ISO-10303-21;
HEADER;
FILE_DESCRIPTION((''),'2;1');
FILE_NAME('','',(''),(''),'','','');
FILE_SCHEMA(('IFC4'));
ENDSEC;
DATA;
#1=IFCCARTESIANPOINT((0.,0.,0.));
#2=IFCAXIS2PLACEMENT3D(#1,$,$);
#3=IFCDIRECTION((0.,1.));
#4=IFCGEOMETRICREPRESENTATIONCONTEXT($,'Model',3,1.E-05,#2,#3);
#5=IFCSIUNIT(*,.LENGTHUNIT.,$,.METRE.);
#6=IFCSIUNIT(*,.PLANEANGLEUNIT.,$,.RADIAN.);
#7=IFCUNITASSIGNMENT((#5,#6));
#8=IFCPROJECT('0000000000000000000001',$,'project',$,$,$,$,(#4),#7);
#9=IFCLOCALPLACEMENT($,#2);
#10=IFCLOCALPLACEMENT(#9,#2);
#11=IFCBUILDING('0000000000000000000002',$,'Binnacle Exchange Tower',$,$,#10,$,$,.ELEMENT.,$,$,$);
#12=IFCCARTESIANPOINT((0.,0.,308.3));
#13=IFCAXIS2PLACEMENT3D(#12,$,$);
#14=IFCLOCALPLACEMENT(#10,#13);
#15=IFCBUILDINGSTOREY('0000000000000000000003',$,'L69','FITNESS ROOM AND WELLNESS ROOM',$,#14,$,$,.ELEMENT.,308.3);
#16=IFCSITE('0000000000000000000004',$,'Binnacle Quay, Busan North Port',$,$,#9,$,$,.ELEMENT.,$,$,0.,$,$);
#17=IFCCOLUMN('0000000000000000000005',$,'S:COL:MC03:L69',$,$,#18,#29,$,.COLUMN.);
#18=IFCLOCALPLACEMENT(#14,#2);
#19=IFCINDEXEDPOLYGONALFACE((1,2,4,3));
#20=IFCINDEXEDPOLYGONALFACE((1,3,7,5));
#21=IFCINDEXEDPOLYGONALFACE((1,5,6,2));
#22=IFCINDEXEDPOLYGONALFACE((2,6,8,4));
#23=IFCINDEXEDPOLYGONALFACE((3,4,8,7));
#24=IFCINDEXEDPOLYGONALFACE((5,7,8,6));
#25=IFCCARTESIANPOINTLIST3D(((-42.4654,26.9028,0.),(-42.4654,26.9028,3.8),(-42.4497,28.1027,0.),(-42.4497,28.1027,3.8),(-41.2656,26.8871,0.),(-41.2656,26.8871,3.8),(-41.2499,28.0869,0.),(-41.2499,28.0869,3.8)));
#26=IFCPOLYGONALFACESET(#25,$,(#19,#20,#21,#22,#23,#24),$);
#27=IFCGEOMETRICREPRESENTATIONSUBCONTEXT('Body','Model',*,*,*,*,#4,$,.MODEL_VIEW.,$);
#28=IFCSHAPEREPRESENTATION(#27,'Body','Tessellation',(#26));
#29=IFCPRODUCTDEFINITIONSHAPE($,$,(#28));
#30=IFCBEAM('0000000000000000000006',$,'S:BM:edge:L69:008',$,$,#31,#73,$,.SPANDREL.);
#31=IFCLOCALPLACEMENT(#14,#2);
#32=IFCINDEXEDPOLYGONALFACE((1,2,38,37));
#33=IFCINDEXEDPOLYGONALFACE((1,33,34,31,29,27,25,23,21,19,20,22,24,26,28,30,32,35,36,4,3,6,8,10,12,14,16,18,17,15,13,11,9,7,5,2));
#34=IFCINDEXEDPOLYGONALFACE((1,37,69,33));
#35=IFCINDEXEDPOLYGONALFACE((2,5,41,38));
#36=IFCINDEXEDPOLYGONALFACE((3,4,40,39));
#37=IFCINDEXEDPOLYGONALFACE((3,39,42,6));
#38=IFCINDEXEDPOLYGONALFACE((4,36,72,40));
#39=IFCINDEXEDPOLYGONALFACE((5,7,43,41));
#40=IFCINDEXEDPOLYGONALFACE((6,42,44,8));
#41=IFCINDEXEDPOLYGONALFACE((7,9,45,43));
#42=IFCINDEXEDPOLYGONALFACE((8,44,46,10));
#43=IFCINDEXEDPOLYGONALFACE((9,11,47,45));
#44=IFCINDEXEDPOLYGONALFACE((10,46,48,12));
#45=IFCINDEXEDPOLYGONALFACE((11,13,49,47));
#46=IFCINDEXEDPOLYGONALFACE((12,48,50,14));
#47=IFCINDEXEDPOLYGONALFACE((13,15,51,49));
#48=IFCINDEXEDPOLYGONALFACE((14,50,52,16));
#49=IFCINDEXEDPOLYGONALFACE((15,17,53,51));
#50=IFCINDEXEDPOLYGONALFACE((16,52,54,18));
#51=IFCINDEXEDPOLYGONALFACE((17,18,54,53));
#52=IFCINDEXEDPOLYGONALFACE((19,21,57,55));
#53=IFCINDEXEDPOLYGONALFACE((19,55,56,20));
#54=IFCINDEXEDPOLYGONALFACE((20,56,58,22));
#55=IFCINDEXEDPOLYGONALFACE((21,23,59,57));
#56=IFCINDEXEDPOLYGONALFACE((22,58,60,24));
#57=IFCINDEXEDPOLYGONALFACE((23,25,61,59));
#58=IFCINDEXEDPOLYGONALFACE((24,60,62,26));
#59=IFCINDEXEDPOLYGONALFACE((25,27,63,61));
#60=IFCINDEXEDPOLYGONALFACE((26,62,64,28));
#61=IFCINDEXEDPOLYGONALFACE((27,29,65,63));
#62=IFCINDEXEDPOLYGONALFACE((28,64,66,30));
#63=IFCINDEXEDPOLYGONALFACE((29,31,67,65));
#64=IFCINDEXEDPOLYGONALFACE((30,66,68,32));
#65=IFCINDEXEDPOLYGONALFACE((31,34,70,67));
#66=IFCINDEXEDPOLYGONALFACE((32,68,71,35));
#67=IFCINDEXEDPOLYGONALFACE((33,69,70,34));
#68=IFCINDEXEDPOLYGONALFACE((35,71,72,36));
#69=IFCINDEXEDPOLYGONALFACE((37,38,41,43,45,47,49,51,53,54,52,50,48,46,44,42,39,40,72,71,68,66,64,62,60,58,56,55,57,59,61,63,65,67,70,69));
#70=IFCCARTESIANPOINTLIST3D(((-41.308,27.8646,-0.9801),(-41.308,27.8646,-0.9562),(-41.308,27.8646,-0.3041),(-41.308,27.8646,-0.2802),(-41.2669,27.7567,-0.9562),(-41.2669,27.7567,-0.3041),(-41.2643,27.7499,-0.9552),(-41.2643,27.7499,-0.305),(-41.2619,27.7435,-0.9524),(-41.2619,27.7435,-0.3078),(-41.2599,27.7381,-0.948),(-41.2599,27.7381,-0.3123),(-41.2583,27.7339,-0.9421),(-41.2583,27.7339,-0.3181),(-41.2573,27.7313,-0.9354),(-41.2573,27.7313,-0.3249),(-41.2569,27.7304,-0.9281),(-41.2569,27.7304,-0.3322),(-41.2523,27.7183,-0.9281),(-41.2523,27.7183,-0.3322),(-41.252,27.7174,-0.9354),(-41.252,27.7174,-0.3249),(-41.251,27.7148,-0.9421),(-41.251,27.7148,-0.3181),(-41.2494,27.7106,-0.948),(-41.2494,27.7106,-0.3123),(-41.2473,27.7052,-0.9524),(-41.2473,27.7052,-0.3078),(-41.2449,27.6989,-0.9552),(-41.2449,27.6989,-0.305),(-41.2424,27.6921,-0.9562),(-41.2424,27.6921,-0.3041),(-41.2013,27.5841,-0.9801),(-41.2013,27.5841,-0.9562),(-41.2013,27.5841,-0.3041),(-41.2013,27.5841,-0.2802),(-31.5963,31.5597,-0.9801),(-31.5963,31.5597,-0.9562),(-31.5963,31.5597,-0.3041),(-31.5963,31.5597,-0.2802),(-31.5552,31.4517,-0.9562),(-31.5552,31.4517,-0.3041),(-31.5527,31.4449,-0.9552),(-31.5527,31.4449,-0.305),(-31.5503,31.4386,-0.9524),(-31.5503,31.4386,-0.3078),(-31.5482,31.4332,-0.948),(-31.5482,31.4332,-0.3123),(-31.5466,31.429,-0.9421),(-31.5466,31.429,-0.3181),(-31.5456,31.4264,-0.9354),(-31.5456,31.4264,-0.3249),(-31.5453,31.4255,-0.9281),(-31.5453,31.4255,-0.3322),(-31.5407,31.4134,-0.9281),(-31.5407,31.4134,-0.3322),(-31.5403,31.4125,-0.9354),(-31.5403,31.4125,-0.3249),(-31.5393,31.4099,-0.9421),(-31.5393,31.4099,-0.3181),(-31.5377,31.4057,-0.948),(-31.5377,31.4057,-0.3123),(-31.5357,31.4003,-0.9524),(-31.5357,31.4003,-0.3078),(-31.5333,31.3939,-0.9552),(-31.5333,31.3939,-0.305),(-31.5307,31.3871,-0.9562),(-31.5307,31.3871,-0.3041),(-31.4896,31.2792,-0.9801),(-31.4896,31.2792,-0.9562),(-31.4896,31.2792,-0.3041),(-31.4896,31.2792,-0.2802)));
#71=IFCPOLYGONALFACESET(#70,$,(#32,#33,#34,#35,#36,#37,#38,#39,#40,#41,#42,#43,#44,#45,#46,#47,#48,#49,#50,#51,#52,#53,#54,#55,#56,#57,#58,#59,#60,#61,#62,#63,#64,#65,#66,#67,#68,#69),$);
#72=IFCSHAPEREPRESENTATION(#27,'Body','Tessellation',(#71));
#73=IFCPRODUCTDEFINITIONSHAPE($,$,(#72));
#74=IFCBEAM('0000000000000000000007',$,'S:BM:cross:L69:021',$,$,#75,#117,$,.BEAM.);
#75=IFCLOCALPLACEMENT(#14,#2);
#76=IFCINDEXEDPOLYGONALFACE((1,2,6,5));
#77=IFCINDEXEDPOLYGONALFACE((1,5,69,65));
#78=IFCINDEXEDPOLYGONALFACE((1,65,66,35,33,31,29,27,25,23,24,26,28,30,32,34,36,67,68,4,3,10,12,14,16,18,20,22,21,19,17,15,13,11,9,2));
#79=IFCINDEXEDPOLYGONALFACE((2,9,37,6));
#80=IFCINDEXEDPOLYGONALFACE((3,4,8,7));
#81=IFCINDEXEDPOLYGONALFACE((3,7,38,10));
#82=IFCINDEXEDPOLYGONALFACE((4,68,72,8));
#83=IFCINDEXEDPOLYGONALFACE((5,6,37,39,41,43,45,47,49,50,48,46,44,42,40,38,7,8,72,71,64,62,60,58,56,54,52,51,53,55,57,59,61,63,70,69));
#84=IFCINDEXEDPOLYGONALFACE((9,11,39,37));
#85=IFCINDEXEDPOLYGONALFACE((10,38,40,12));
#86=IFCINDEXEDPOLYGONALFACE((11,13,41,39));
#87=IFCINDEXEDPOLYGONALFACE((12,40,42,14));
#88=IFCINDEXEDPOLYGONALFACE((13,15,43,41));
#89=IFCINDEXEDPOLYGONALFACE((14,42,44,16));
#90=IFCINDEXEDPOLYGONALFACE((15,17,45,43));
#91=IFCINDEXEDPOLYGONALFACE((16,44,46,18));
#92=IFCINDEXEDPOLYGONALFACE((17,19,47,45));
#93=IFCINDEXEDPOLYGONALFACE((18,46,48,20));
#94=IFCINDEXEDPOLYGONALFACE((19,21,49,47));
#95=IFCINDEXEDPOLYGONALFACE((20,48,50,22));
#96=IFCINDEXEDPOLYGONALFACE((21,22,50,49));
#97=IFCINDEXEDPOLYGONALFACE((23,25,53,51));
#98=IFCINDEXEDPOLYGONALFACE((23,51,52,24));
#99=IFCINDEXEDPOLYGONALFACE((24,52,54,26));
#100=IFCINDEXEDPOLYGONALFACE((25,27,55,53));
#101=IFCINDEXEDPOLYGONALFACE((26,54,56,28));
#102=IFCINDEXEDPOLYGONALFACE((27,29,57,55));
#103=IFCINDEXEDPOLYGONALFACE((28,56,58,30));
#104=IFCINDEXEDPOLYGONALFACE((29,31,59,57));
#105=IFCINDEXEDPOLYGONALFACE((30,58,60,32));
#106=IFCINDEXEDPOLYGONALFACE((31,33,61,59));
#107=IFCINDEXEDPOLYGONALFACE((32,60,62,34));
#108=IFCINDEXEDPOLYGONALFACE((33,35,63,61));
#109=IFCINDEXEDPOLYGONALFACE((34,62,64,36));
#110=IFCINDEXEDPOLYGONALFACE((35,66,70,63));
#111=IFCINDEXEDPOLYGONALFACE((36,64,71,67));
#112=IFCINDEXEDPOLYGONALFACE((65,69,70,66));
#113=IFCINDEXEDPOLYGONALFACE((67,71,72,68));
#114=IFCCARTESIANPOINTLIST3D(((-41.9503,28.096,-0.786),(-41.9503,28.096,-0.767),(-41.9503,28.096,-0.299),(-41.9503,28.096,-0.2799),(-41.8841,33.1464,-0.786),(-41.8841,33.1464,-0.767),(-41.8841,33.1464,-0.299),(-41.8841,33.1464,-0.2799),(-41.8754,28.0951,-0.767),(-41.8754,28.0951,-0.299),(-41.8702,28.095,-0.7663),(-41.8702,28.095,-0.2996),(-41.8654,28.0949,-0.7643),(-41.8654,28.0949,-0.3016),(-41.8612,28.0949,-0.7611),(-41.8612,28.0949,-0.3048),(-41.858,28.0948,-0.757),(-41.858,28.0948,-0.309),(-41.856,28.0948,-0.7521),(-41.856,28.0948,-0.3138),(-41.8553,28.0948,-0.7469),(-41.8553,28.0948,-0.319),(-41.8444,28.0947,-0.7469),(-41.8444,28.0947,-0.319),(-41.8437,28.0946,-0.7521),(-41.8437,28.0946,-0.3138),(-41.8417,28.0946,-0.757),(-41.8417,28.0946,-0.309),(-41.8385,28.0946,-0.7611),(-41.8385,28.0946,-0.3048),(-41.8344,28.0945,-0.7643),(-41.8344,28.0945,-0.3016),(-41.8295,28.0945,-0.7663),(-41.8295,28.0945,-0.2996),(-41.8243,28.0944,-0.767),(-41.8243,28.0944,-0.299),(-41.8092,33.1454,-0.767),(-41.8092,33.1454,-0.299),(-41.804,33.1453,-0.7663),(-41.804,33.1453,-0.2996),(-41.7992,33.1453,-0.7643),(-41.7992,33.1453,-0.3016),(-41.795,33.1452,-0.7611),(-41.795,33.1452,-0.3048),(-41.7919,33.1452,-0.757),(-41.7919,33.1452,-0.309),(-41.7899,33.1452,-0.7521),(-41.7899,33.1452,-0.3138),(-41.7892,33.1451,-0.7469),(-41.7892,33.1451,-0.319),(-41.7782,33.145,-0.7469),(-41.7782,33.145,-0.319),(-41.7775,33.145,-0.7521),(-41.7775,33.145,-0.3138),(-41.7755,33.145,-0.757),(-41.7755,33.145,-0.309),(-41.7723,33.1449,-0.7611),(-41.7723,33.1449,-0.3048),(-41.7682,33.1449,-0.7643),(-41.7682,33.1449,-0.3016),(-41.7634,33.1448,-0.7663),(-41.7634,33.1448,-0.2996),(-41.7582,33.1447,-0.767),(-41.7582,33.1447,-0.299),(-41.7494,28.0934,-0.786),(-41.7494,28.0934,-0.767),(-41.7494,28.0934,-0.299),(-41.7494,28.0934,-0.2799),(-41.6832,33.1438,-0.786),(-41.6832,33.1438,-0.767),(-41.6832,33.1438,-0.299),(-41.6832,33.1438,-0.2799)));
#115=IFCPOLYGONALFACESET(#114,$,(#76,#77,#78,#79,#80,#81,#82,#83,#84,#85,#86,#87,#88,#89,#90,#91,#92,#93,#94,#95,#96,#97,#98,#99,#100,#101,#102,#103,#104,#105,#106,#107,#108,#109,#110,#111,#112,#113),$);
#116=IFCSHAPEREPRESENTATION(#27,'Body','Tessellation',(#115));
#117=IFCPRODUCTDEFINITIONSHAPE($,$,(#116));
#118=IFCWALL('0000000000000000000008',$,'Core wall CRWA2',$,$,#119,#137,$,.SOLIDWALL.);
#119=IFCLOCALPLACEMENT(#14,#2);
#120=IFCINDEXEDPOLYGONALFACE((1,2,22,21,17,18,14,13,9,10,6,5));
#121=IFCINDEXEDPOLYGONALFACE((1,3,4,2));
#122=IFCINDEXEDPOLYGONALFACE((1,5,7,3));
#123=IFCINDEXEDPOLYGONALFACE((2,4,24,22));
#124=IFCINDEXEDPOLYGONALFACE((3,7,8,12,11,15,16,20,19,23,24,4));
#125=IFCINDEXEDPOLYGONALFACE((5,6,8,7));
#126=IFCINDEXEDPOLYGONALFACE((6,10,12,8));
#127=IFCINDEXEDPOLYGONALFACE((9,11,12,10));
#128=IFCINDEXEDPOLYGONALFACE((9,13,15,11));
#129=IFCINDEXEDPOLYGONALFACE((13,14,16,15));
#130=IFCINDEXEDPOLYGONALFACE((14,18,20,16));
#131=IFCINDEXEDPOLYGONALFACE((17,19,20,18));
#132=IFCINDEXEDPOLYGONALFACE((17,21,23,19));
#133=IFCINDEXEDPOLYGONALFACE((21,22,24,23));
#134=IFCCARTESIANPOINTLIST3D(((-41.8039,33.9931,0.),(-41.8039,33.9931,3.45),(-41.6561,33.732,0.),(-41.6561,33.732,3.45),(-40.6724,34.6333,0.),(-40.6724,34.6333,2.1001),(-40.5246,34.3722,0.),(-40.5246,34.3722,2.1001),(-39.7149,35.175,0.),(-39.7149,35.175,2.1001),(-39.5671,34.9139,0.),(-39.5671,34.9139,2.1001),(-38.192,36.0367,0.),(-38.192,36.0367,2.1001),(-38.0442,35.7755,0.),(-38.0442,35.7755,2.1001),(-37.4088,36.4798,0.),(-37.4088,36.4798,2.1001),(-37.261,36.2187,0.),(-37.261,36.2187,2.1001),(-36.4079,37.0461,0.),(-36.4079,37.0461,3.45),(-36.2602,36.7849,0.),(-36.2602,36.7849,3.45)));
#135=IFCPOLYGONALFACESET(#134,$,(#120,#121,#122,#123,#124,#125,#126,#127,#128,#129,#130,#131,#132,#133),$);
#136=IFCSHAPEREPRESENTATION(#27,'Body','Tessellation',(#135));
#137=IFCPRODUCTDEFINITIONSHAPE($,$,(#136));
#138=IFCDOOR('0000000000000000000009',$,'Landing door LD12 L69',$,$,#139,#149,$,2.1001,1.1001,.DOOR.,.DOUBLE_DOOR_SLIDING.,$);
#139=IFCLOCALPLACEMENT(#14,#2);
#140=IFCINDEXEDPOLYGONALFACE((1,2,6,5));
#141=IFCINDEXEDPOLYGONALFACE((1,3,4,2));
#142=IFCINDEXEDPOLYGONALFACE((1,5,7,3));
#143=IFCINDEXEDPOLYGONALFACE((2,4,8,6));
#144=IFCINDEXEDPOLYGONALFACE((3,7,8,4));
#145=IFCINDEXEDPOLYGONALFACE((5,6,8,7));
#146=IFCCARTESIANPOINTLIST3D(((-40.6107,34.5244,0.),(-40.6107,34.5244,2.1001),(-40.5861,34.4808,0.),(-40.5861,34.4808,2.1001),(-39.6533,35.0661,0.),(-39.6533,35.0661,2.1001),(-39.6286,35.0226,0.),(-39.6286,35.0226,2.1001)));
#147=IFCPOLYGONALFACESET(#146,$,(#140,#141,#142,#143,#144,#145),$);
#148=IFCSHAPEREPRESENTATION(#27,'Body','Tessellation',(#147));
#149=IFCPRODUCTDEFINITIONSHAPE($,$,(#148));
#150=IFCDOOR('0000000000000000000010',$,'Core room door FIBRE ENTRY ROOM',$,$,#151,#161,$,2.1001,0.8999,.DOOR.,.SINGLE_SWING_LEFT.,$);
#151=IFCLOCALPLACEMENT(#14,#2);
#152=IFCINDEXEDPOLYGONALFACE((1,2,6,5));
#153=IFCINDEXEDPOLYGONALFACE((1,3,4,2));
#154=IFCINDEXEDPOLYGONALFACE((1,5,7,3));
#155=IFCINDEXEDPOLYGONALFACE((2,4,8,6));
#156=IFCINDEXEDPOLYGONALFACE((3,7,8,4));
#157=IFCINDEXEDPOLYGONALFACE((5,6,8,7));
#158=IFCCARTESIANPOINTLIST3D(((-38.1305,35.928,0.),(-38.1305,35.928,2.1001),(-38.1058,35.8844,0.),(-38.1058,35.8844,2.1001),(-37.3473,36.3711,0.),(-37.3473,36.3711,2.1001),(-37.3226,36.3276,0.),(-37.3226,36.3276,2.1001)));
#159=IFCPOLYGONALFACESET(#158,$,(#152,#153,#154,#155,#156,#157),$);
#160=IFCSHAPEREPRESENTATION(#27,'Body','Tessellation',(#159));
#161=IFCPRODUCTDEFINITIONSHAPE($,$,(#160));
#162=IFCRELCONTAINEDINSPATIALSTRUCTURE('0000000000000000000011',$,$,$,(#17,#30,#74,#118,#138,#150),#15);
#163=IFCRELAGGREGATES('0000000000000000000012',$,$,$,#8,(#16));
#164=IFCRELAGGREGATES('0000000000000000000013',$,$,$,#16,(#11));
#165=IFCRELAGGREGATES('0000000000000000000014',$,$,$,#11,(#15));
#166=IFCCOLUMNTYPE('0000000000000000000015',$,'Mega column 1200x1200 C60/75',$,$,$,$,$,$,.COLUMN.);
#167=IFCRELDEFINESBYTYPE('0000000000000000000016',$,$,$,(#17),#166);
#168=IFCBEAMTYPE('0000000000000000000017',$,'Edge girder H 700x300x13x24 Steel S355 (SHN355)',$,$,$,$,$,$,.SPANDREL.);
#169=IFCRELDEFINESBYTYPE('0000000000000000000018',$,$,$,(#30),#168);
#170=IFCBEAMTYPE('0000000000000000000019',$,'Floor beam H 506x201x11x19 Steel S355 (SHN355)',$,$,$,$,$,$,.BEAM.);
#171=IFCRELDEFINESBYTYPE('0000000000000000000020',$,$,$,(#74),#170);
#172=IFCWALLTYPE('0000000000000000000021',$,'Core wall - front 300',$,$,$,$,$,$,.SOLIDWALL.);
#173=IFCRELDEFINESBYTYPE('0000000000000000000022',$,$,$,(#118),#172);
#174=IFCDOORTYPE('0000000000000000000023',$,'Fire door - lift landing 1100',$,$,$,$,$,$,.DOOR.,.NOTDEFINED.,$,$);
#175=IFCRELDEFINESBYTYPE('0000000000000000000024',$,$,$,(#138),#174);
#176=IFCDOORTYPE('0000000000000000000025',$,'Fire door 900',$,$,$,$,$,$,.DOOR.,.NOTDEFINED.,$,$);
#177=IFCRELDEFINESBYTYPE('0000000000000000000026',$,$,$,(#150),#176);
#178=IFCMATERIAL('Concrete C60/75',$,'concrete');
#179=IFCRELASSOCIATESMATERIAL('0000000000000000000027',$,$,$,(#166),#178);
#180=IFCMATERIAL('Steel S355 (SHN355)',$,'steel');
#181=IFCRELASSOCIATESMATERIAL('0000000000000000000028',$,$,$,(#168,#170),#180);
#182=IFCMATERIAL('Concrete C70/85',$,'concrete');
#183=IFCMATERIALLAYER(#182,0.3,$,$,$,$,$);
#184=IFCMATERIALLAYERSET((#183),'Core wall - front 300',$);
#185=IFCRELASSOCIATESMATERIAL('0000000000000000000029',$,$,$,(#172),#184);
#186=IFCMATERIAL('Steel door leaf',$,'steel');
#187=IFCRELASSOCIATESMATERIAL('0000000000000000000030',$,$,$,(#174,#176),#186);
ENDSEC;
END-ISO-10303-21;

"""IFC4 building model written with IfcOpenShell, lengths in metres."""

from ifc_helpers import new_model, si_unit, direction, frame, frame_2d, origin, origin_2d, place, context, subcontext, project, spatial, rectangle, i_section, extrude, material, layer, layer_set, material_profile, profile_set, type_object, element, fill, save


model = new_model("IFC4")

# Units and contexts
model_context = context("Model", 3, precision=1e-05, world=origin(), true_north=direction((0.0, 1.0)))
body_context = subcontext(model_context, "Body", "Model", "MODEL_VIEW")
ifc_project = project(units=[si_unit("LENGTHUNIT", "METRE"), si_unit("PLANEANGLEUNIT", "RADIAN")], contexts=[model_context])

# Site, building, storey
site_placement = place(None, origin())
site = spatial("IfcSite", under=ifc_project, at=site_placement, Name="Binnacle Quay, Busan North Port", CompositionType="ELEMENT", RefElevation=0.0)
building_placement = place(site_placement, origin())
building = spatial("IfcBuilding", under=site, at=building_placement, Name="Binnacle Exchange Tower", CompositionType="ELEMENT")
storey_placement = place(building_placement, frame((0.0, 0.0, 308.3)))
storey = spatial("IfcBuildingStorey", under=building, at=storey_placement, Name="L69", Description="FITNESS ROOM AND WELLNESS ROOM", CompositionType="ELEMENT", Elevation=308.3)

# Column
ifc_material_1 = material(Name="Concrete C60/75", Category="concrete")
ifc_material_profile_1 = material_profile(ifc_material_1, rectangle(XDim=1.2, YDim=1.2, at=origin_2d()), Name="Mega column 1200x1200 C60/75")
ifc_profile_set_1 = profile_set([ifc_material_profile_1], Name="Concrete C60/75")
column_type = type_object("IfcColumnType", Name="Mega column 1200x1200 C60/75", PredefinedType="COLUMN", material=ifc_profile_set_1)
column_placement = place(storey_placement, frame((-41.8577, 27.4949, 0.0), z_axis=(0.0, 0.0, 1.0), x_axis=(0.999914, -0.01309, 0.0)))
element("IfcColumn", 1, at=column_placement, inside=storey, type_object=column_type, Name="S:COL:MC03:L69", PredefinedType="COLUMN", context=body_context, shape_type="SweptSolid", body=[
    extrude(rectangle(XDim=1.2, YDim=1.2, at=origin_2d()), origin(), (0.0, 0.0, 1.0), 3.8),
])

# Beams
ifc_material_2 = material(Name="Steel S355 (SHN355)", Category="steel")
ifc_material_profile_2 = material_profile(ifc_material_2, i_section(OverallWidth=0.3, OverallDepth=0.7, WebThickness=0.0129, FlangeThickness=0.0239, FilletRadius=0.0281, at=origin_2d()), Name="H 700x300x13x24")
ifc_profile_set_2 = profile_set([ifc_material_profile_2], Name="Steel S355 (SHN355)")
beam_type_1 = type_object("IfcBeamType", Name="Edge girder H 700x300x13x24 Steel S355 (SHN355)", PredefinedType="SPANDREL", material=ifc_profile_set_2)
beam_1_placement = place(storey_placement, frame((-41.2546, 27.7244, -0.6301), z_axis=(0.934635, 0.355607, 0.0), x_axis=(-0.355607, 0.934635, 0.0)))
element("IfcBeam", 2, at=beam_1_placement, inside=storey, type_object=beam_type_1, Name="S:BM:edge:L69:008", PredefinedType="SPANDREL", context=body_context, shape_type="SweptSolid", body=[
    extrude(i_section(OverallWidth=0.3, OverallDepth=0.7, WebThickness=0.0129, FlangeThickness=0.0239, FilletRadius=0.0281, at=origin_2d()), origin(), (0.0, 0.0, 1.0), 10.3909),
])
ifc_material_profile_3 = material_profile(ifc_material_2, i_section(OverallWidth=0.2009, OverallDepth=0.5061, WebThickness=0.011, FlangeThickness=0.019, FilletRadius=0.02, at=origin_2d()), Name="H 506x201x11x19")
ifc_profile_set_3 = profile_set([ifc_material_profile_3], Name="Steel S355 (SHN355)")
beam_type_2 = type_object("IfcBeamType", Name="Floor beam H 506x201x11x19 Steel S355 (SHN355)", PredefinedType="BEAM", material=ifc_profile_set_3)
beam_2_placement = place(storey_placement, frame((-41.8499, 28.0947, -0.533), z_axis=(0.0131, 0.999914, 0.0), x_axis=(-0.999914, 0.0131, 0.0)))
element("IfcBeam", 3, at=beam_2_placement, inside=storey, type_object=beam_type_2, Name="S:BM:cross:L69:021", PredefinedType="BEAM", context=body_context, shape_type="SweptSolid", body=[
    extrude(i_section(OverallWidth=0.2009, OverallDepth=0.5061, WebThickness=0.011, FlangeThickness=0.019, FilletRadius=0.02, at=origin_2d()), origin(), (0.0, 0.0, 1.0), 5.0508),
])

# Wall, openings, doors
ifc_material_3 = material(Name="Concrete C70/85", Category="concrete")
ifc_layer_1 = layer(ifc_material_3, 0.3)
ifc_layer_set_1 = layer_set([ifc_layer_1], Name="Core wall - front 300")
wall_type_1 = type_object("IfcWallType", Name="Core wall - front 300", PredefinedType="SOLIDWALL", material=ifc_layer_set_1)
wall_1_placement = place(storey_placement, frame((-41.73, 33.8625, 0.0), z_axis=(0.0, 0.0, 1.0), x_axis=(0.870351, 0.492432, 0.0)))
wall_1 = element("IfcWall", 4, at=wall_1_placement, inside=storey, type_object=wall_type_1, Name="Core wall CRWA2", PredefinedType="SOLIDWALL", context=body_context, shape_type="SweptSolid", body=[
    extrude(rectangle(XDim=6.1997, YDim=0.3, at=frame_2d((3.0999, 0.0))), origin(), (0.0, 0.0, 1.0), 3.45),
])
opening_1_placement = place(wall_1_placement, frame((1.3, 0.0, 0.0)))
opening_1 = element("IfcOpeningElement", 5, at=opening_1_placement, cuts=wall_1, PredefinedType="OPENING", context=body_context, shape_type="SweptSolid", body=[
    extrude(rectangle(XDim=1.1001, YDim=2.1001, at=frame_2d((0.55, 1.05))), frame((0.0, 0.1599, 0.0), z_axis=(0.0, -1.0, 0.0), x_axis=(1.0, 0.0, 0.0)), (0.0, 0.0, 1.0), 0.3201),
])
opening_2_placement = place(wall_1_placement, frame((4.1499, 0.0, 0.0)))
opening_2 = element("IfcOpeningElement", 6, at=opening_2_placement, cuts=wall_1, PredefinedType="OPENING", context=body_context, shape_type="SweptSolid", body=[
    extrude(rectangle(XDim=0.8999, YDim=2.1001, at=frame_2d((0.45, 1.05))), frame((0.0, 0.1599, 0.0), z_axis=(0.0, -1.0, 0.0), x_axis=(1.0, 0.0, 0.0)), (0.0, 0.0, 1.0), 0.3201),
])
ifc_material_4 = material(Name="Steel door leaf", Category="steel")
door_type_1 = type_object("IfcDoorType", Name="Fire door - lift landing 1100", OperationType="NOTDEFINED", PredefinedType="DOOR", material=ifc_material_4)
door_1_placement = place(opening_1_placement, origin())
door_1 = element("IfcDoor", 7, at=door_1_placement, inside=storey, type_object=door_type_1, Name="Landing door LD12 L69", OperationType="DOUBLE_DOOR_SLIDING", OverallHeight=2.1001, OverallWidth=1.1001, PredefinedType="DOOR", context=body_context, shape_type="SweptSolid", body=[
    extrude(rectangle(XDim=1.1001, YDim=2.1001, at=frame_2d((0.55, 1.05))), frame((0.0, 0.0249, 0.0), z_axis=(0.0, -1.0, 0.0), x_axis=(1.0, 0.0, 0.0)), (0.0, 0.0, 1.0), 0.05),
])
fill(opening_1, door_1)
door_type_2 = type_object("IfcDoorType", Name="Fire door 900", OperationType="NOTDEFINED", PredefinedType="DOOR", material=ifc_material_4)
door_2_placement = place(opening_2_placement, frame((0.8999, 0.0, 0.0), z_axis=(0.0, 0.0, 1.0), x_axis=(-1.0, 0.0, 0.0)))
door_2 = element("IfcDoor", 8, at=door_2_placement, inside=storey, type_object=door_type_2, Name="Core room door FIBRE ENTRY ROOM", OperationType="SINGLE_SWING_LEFT", OverallHeight=2.1001, OverallWidth=0.8999, PredefinedType="DOOR", context=body_context, shape_type="SweptSolid", body=[
    extrude(rectangle(XDim=0.8999, YDim=2.1001, at=frame_2d((0.45, 1.05))), frame((0.0, 0.0249, 0.0), z_axis=(0.0, -1.0, 0.0), x_axis=(1.0, 0.0, 0.0)), (0.0, 0.0, 1.0), 0.05),
])
fill(opening_2, door_2)

save(model, "model.ifc")
